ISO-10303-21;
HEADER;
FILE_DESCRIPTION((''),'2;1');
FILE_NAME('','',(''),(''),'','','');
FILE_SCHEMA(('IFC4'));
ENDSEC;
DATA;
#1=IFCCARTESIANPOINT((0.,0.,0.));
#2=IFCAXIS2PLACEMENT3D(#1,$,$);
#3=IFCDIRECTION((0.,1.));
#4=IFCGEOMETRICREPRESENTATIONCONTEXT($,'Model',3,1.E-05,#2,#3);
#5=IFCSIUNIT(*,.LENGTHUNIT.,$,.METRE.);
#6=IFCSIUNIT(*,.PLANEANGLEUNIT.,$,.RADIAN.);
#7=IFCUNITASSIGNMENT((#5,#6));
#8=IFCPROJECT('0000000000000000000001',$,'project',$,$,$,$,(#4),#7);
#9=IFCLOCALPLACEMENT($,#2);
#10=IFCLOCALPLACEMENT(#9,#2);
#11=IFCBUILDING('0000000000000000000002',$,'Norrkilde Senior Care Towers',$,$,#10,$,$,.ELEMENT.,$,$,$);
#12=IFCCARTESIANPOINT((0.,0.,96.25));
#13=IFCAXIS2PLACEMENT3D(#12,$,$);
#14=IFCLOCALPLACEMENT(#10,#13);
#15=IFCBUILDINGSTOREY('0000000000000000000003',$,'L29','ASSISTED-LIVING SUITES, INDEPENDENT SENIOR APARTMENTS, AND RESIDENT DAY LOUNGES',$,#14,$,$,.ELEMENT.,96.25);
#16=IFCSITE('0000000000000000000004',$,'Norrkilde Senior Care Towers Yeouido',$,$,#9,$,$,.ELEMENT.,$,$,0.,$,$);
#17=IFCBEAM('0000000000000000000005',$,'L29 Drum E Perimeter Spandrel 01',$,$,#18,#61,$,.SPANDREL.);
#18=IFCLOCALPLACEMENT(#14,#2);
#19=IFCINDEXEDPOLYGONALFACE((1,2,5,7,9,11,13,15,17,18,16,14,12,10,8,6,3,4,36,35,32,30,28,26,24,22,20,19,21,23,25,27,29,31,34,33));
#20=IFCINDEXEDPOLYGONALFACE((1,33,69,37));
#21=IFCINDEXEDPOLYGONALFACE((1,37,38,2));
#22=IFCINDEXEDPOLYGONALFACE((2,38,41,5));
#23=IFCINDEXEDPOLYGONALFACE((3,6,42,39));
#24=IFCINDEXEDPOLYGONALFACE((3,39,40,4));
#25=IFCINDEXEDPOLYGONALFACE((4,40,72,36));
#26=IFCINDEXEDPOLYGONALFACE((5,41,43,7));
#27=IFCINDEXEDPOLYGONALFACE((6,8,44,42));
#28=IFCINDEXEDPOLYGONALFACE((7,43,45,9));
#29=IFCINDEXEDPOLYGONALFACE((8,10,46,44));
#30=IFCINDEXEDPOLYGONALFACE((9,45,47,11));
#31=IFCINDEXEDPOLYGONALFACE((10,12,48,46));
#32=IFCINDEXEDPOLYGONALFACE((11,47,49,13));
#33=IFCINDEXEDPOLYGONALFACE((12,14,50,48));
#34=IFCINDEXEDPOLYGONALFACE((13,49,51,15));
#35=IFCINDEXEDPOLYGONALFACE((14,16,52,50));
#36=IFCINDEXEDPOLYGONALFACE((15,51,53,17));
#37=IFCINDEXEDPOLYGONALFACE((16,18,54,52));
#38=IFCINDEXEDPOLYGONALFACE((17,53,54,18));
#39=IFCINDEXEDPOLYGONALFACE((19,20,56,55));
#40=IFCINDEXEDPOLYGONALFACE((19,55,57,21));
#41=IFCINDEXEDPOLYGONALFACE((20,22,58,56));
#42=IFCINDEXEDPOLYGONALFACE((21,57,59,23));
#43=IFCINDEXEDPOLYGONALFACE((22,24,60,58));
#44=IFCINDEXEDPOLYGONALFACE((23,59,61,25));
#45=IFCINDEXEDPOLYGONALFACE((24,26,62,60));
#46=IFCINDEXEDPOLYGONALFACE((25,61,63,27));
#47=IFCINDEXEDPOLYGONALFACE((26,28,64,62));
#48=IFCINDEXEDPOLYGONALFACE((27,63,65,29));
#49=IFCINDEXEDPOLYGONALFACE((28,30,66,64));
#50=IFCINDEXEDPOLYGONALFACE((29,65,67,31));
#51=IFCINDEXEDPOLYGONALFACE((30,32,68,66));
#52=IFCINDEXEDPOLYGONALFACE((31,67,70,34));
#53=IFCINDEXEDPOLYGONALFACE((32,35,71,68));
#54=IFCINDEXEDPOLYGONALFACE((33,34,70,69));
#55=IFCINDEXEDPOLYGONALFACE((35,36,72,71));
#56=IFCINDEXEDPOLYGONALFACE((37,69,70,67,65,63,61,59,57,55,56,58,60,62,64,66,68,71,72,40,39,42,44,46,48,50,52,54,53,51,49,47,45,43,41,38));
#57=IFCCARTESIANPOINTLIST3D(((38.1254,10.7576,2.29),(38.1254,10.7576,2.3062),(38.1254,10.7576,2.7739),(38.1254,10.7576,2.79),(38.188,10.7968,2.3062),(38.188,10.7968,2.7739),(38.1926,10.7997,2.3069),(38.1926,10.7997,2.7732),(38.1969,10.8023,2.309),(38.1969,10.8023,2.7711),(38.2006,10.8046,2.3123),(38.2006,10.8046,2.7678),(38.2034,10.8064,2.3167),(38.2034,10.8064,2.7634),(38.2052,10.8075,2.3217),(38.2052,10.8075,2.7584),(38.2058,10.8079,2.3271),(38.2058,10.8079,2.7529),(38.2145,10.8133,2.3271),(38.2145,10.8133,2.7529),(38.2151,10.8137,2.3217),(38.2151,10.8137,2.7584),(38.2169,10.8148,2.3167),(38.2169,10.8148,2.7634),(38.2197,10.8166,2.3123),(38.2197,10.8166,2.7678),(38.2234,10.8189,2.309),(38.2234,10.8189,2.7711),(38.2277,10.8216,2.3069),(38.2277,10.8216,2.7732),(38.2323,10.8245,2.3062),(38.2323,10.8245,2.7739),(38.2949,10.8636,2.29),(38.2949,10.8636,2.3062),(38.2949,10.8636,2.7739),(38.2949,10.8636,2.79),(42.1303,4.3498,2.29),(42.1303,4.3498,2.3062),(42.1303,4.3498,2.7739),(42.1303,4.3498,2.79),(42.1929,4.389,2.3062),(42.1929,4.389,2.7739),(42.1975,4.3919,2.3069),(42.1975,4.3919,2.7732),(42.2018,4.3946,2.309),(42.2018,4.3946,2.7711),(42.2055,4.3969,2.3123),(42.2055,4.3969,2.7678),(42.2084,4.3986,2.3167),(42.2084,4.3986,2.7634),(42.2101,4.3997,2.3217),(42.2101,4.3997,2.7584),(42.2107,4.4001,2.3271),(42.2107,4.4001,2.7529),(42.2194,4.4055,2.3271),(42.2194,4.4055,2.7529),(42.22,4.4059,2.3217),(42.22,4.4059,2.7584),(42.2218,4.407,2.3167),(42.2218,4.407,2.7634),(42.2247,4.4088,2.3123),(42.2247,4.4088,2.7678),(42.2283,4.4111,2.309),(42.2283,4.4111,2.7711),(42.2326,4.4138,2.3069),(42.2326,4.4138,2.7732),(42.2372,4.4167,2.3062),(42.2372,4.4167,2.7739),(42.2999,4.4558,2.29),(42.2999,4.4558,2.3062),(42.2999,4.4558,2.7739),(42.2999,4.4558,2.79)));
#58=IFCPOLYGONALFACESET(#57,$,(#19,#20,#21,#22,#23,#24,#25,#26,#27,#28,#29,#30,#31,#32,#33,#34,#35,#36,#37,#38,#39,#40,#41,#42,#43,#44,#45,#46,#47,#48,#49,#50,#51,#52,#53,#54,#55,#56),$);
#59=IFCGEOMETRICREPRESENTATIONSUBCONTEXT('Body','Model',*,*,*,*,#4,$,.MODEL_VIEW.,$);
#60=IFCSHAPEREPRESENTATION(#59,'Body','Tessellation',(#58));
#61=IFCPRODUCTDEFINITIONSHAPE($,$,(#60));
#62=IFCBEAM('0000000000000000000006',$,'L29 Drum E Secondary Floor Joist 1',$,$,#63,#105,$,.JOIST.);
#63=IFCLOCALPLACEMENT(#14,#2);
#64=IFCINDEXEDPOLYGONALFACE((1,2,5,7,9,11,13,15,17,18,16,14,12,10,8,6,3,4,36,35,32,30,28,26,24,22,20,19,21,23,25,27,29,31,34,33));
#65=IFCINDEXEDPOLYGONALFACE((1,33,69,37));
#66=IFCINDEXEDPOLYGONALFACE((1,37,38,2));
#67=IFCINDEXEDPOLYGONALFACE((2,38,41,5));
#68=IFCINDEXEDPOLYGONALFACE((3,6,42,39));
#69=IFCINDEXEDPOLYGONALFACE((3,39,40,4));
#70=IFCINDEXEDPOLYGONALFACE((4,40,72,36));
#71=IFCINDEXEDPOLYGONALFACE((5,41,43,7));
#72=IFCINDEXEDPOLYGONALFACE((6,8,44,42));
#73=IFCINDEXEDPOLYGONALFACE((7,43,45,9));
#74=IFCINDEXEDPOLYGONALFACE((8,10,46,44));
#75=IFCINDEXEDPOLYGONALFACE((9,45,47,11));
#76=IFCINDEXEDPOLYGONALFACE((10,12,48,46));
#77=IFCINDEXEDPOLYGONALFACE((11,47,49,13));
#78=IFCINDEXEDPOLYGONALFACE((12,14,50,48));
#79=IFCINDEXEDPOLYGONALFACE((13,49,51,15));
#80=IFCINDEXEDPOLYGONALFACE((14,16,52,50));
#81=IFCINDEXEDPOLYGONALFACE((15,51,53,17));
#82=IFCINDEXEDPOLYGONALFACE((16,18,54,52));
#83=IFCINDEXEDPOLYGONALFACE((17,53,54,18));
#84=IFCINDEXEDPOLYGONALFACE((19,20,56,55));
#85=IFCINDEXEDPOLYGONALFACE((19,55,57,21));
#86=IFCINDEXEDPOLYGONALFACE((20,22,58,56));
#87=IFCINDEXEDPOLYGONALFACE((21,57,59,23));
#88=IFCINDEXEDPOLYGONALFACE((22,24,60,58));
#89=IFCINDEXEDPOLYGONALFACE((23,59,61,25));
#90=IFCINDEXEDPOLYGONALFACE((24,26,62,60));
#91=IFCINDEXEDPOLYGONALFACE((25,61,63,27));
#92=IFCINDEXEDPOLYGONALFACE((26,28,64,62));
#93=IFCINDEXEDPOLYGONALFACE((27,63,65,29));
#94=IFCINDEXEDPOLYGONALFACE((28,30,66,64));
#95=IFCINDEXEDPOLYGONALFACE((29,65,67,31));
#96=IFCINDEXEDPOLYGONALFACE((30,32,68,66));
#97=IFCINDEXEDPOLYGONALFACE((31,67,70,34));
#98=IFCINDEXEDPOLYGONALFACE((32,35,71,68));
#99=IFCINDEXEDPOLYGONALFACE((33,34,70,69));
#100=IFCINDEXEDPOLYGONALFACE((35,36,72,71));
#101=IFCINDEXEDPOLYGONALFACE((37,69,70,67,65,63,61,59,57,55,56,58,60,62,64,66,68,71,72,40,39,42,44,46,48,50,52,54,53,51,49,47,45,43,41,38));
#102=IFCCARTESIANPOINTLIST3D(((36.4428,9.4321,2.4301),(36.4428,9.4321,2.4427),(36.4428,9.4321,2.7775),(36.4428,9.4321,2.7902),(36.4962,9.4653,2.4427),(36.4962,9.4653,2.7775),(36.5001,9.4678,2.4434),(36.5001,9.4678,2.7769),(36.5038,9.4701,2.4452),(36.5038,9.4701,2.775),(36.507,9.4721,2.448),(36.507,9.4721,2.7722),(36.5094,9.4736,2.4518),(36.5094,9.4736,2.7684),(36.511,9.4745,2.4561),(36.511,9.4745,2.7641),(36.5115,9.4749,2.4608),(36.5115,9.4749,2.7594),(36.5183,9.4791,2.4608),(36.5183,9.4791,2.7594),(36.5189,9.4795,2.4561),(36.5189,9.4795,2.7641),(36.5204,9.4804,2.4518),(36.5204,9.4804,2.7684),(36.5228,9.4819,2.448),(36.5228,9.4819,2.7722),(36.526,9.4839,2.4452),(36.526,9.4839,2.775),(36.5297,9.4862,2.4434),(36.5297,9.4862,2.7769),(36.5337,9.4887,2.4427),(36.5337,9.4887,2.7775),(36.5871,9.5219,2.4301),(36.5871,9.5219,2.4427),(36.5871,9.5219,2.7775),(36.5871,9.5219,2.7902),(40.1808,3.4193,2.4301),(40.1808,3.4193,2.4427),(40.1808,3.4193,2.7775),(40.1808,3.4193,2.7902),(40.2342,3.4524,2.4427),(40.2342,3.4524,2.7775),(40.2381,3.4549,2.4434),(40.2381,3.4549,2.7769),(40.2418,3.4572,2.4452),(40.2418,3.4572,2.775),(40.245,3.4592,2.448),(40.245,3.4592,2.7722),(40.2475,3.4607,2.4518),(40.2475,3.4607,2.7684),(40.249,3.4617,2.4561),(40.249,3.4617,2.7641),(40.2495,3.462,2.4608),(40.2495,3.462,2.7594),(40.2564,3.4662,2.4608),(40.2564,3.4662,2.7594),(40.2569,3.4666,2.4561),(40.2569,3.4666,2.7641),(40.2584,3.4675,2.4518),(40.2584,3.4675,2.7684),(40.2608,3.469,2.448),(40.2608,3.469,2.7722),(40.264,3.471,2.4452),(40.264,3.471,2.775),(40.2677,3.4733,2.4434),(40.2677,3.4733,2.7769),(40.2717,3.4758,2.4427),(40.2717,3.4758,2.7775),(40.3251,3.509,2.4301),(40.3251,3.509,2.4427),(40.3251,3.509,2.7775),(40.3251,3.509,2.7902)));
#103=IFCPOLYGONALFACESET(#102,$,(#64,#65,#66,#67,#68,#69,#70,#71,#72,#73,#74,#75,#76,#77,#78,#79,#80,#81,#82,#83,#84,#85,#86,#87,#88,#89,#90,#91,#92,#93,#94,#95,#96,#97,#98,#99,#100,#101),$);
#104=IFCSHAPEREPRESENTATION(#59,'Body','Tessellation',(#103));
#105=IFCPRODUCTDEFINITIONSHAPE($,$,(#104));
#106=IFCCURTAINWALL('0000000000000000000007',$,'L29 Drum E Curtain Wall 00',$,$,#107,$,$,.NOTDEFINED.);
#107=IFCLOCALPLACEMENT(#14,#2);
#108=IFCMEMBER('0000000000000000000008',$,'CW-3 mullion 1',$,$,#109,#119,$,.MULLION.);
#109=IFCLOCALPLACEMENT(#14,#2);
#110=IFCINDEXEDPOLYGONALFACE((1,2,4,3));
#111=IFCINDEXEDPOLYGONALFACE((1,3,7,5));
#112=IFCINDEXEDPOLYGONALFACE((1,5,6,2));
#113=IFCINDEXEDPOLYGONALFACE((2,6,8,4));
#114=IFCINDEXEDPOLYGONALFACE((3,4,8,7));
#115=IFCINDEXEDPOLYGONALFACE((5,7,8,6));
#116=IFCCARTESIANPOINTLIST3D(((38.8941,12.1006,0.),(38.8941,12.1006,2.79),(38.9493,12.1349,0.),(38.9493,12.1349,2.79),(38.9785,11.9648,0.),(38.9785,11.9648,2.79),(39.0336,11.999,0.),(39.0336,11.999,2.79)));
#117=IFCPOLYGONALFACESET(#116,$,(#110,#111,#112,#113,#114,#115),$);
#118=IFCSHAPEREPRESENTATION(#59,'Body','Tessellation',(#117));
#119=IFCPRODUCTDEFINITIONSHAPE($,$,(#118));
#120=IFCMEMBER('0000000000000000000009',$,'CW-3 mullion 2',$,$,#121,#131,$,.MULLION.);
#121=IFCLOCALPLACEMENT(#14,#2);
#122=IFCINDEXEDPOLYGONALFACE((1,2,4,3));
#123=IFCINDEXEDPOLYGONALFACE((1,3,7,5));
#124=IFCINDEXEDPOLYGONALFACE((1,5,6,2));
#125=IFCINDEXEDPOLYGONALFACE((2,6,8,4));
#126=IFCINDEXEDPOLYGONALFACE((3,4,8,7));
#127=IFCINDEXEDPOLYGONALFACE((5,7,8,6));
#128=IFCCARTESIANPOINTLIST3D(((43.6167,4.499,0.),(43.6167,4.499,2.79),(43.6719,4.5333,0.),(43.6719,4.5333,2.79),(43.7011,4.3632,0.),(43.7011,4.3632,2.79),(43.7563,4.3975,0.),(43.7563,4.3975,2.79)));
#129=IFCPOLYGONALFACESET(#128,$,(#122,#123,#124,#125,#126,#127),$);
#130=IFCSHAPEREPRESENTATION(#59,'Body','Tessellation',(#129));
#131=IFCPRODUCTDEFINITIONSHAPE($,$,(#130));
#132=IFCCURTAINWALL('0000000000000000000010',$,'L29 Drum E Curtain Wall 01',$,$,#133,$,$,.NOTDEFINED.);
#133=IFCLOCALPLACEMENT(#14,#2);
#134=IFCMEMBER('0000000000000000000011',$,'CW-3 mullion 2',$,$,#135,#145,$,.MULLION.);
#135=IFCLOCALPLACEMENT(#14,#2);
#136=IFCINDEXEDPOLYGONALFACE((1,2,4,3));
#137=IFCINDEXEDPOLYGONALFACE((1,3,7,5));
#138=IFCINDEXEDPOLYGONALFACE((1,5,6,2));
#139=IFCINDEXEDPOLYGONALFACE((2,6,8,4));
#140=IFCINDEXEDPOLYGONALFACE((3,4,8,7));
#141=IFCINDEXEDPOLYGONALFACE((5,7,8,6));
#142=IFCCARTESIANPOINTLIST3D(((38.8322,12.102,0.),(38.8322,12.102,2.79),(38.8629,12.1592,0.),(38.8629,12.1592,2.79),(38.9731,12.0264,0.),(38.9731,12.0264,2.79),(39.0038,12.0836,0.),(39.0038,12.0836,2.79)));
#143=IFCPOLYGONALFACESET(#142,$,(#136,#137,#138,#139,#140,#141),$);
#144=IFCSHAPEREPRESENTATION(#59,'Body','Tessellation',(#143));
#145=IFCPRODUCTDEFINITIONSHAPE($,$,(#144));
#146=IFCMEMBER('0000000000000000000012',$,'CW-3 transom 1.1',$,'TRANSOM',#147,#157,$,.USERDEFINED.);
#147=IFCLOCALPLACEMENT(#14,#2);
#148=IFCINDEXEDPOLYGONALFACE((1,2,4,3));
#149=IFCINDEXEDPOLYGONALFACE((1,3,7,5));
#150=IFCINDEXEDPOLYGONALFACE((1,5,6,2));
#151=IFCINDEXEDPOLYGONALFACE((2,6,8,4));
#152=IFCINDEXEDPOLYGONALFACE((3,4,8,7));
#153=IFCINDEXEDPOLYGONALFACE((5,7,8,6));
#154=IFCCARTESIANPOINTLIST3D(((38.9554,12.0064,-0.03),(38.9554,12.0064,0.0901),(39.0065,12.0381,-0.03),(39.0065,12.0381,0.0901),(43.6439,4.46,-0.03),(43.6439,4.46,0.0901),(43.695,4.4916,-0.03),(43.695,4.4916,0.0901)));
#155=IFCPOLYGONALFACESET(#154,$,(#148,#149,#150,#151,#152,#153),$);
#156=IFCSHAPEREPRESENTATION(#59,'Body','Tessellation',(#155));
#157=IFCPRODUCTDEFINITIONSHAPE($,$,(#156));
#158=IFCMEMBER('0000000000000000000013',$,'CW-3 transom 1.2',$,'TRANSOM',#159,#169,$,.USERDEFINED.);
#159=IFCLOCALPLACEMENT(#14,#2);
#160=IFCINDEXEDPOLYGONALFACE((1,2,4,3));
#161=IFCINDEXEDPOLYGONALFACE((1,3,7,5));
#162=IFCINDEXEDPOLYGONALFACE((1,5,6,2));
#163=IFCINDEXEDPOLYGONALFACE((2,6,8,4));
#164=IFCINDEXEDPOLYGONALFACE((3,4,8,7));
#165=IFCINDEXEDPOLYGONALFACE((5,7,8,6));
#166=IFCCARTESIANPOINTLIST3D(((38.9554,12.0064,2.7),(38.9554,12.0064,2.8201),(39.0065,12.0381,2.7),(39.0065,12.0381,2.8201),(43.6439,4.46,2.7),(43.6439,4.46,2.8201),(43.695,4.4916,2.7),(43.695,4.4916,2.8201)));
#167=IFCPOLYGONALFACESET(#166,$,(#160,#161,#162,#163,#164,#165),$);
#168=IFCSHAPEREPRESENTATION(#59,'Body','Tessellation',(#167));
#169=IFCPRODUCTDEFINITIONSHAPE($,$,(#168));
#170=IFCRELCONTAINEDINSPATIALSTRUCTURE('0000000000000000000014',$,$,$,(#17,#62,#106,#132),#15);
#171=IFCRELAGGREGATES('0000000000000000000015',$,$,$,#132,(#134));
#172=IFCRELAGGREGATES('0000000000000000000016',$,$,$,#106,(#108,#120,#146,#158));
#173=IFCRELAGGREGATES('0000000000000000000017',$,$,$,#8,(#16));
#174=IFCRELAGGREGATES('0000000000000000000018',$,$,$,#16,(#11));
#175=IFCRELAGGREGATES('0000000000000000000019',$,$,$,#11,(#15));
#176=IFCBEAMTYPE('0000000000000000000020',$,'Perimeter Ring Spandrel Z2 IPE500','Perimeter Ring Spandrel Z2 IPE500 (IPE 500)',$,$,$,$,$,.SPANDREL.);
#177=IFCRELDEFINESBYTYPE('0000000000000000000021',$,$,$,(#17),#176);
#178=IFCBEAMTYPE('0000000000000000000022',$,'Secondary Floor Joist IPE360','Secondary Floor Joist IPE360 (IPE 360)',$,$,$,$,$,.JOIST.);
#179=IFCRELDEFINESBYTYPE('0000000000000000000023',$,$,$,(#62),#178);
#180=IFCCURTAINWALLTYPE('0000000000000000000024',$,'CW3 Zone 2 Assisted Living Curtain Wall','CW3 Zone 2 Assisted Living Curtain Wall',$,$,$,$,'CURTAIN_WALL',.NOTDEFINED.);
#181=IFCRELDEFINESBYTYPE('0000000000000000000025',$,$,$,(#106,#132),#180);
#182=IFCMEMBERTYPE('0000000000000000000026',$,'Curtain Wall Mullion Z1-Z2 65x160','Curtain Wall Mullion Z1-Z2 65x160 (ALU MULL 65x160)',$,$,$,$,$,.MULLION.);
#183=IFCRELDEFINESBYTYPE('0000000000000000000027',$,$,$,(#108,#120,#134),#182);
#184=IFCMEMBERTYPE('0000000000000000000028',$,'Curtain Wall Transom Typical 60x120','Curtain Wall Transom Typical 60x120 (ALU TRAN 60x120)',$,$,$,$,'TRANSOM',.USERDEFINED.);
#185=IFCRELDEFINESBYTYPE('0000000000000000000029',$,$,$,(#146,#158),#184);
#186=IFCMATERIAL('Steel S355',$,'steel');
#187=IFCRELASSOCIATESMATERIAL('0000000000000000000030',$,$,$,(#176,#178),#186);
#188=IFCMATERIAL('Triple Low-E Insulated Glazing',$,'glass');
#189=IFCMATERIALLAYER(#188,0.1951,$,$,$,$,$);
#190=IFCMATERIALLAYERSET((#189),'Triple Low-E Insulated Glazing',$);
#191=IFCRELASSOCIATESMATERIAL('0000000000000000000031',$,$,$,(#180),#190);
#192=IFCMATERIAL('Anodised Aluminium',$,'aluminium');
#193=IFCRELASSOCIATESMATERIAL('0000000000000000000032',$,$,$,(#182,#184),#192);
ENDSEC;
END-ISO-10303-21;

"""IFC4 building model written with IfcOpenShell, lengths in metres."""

from ifc_helpers import new_model, si_unit, direction, frame, origin, origin_2d, place, context, subcontext, project, spatial, rectangle, i_section, extrude, source, transform, mapped, material, layer, layer_set, material_profile, profile_set, type_object, type_shapes, element, aggregate, save


model = new_model("IFC4")

# Units and contexts
model_context = context("Model", 3, precision=1e-05, world=origin(), true_north=direction((0.0, 1.0)))
body_context = subcontext(model_context, "Body", "Model", "MODEL_VIEW")
ifc_project = project(units=[si_unit("LENGTHUNIT", "METRE"), si_unit("PLANEANGLEUNIT", "RADIAN")], contexts=[model_context])

# Site, building, storey
site_placement = place(None, origin())
site = spatial("IfcSite", under=ifc_project, at=site_placement, Name="Norrkilde Senior Care Towers Yeouido", CompositionType="ELEMENT", RefElevation=0.0)
building_placement = place(site_placement, origin())
building = spatial("IfcBuilding", under=site, at=building_placement, Name="Norrkilde Senior Care Towers", CompositionType="ELEMENT")
storey_placement = place(building_placement, frame((0.0, 0.0, 96.25)))
storey = spatial("IfcBuildingStorey", under=building, at=storey_placement, Name="L29", Description="ASSISTED-LIVING SUITES, INDEPENDENT SENIOR APARTMENTS, AND RESIDENT DAY LOUNGES", CompositionType="ELEMENT", Elevation=96.25)

# Beams
ifc_material_1 = material(Name="Steel S355", Category="steel")
ifc_material_profile_1 = material_profile(ifc_material_1, i_section(OverallWidth=0.2, OverallDepth=0.5, WebThickness=0.0103, FlangeThickness=0.0161, FilletRadius=0.021, at=origin_2d()), Name="IPE 500")
ifc_profile_set_1 = profile_set([ifc_material_profile_1], Name="Steel S355")
beam_type_1 = type_object("IfcBeamType", Name="Perimeter Ring Spandrel Z2 IPE500", Description="Perimeter Ring Spandrel Z2 IPE500 (IPE 500)", PredefinedType="SPANDREL", material=ifc_profile_set_1)
shared_shape_1 = source(origin(), body_context, "Body", "SweptSolid", [
    extrude(i_section(OverallWidth=0.2, OverallDepth=0.5, WebThickness=0.0103, FlangeThickness=0.0161, FilletRadius=0.021, at=origin_2d()), origin(), (0.0, 0.0, 1.0), 7.5564),
])
beam_1_placement = place(storey_placement, frame((42.2151, 4.4028, 2.54), z_axis=(-0.530005, 0.847995, 0.0), x_axis=(-0.847995, -0.530005, 0.0)))
element("IfcBeam", 1, at=beam_1_placement, inside=storey, type_object=beam_type_1, Name="L29 Drum E Perimeter Spandrel 01", PredefinedType="SPANDREL", context=body_context, shape_type="MappedRepresentation", body=[
    mapped(shared_shape_1, transform((0.0, 0.0, 0.0), x_axis=(1.0, 0.0, 0.0), y_axis=(0.0, 1.0, 0.0), z_axis=(0.0, 0.0, 1.0), scale=1.0)),
])
ifc_material_profile_2 = material_profile(ifc_material_1, i_section(OverallWidth=0.1699, OverallDepth=0.3601, WebThickness=0.0081, FlangeThickness=0.0127, FilletRadius=0.0181, at=origin_2d()), Name="IPE 360")
ifc_profile_set_2 = profile_set([ifc_material_profile_2], Name="Steel S355")
beam_type_2 = type_object("IfcBeamType", Name="Secondary Floor Joist IPE360", Description="Secondary Floor Joist IPE360 (IPE 360)", PredefinedType="JOIST", material=ifc_profile_set_2)
shared_shape_2 = source(origin(), body_context, "Body", "SweptSolid", [
    extrude(i_section(OverallWidth=0.1699, OverallDepth=0.3601, WebThickness=0.0081, FlangeThickness=0.0127, FilletRadius=0.0181, at=origin_2d()), origin(), (0.0, 0.0, 1.0), 7.0801),
])
type_shapes(beam_type_2, [shared_shape_2])
beam_2_placement = place(storey_placement, frame((40.2529, 3.4641, 2.6101), z_axis=(-0.527961, 0.849269, 0.0), x_axis=(-0.849269, -0.527961, 0.0)))
element("IfcBeam", 2, at=beam_2_placement, inside=storey, type_object=beam_type_2, Name="L29 Drum E Secondary Floor Joist 1", PredefinedType="JOIST", context=body_context, shape_type="MappedRepresentation", body=[
    mapped(shared_shape_2, transform((0.0, 0.0, 0.0), x_axis=(1.0, 0.0, 0.0), y_axis=(0.0, 1.0, 0.0), z_axis=(0.0, 0.0, 1.0), scale=1.0)),
])

# Curtain wall, members
ifc_material_2 = material(Name="Triple Low-E Insulated Glazing", Category="glass")
ifc_layer_1 = layer(ifc_material_2, 0.1951)
ifc_layer_set_1 = layer_set([ifc_layer_1], Name="Triple Low-E Insulated Glazing")
curtain_wall_type = type_object("IfcCurtainWallType", Name="CW3 Zone 2 Assisted Living Curtain Wall", Description="CW3 Zone 2 Assisted Living Curtain Wall", ElementType="CURTAIN_WALL", PredefinedType="NOTDEFINED", material=ifc_layer_set_1)
curtain_wall_1_placement = place(storey_placement, origin())
curtain_wall_1 = element("IfcCurtainWall", 3, at=curtain_wall_1_placement, inside=storey, type_object=curtain_wall_type, Name="L29 Drum E Curtain Wall 00", PredefinedType="NOTDEFINED")
ifc_material_3 = material(Name="Anodised Aluminium", Category="aluminium")
ifc_material_profile_3 = material_profile(ifc_material_3, rectangle(XDim=0.0649, YDim=0.1599, at=origin_2d()), Name="ALU MULL 65x160")
ifc_profile_set_3 = profile_set([ifc_material_profile_3], Name="Anodised Aluminium")
member_type_1 = type_object("IfcMemberType", Name="Curtain Wall Mullion Z1-Z2 65x160", Description="Curtain Wall Mullion Z1-Z2 65x160 (ALU MULL 65x160)", PredefinedType="MULLION", material=ifc_profile_set_3)
shared_shape_3 = source(origin(), body_context, "Body", "SweptSolid", [
    extrude(rectangle(XDim=0.0649, YDim=0.1599, at=origin_2d()), origin(), (0.0, 0.0, 1.0), 2.79),
])
type_shapes(member_type_1, [shared_shape_3])
member_1_placement = place(storey_placement, frame((38.9639, 12.0498, 0.0), z_axis=(0.0, 0.0, 1.0), x_axis=(0.84941, 0.527733, 0.0)))
member_1 = element("IfcMember", 4, at=member_1_placement, type_object=member_type_1, Name="CW-3 mullion 1", PredefinedType="MULLION", context=body_context, shape_type="MappedRepresentation", body=[
    mapped(shared_shape_3, transform((0.0, 0.0, 0.0), x_axis=(1.0, 0.0, 0.0), y_axis=(0.0, 1.0, 0.0), z_axis=(0.0, 0.0, 1.0), scale=1.0)),
])
member_2_placement = place(storey_placement, frame((43.6865, 4.4482, 0.0), z_axis=(0.0, 0.0, 1.0), x_axis=(0.84941, 0.527733, 0.0)))
member_2 = element("IfcMember", 5, at=member_2_placement, type_object=member_type_1, Name="CW-3 mullion 2", PredefinedType="MULLION", context=body_context, shape_type="MappedRepresentation", body=[
    mapped(shared_shape_3, transform((0.0, 0.0, 0.0), x_axis=(1.0, 0.0, 0.0), y_axis=(0.0, 1.0, 0.0), z_axis=(0.0, 0.0, 1.0), scale=1.0)),
])

# Curtain wall, member
curtain_wall_2_placement = place(storey_placement, origin())
curtain_wall_2 = element("IfcCurtainWall", 6, at=curtain_wall_2_placement, inside=storey, type_object=curtain_wall_type, Name="L29 Drum E Curtain Wall 01", PredefinedType="NOTDEFINED")
member_3_placement = place(storey_placement, frame((38.918, 12.0928, 0.0), z_axis=(0.0, 0.0, 1.0), x_axis=(0.472769, 0.881186, 0.0)))
member_3 = element("IfcMember", 7, at=member_3_placement, type_object=member_type_1, Name="CW-3 mullion 2", PredefinedType="MULLION", context=body_context, shape_type="MappedRepresentation", body=[
    mapped(shared_shape_3, transform((0.0, 0.0, 0.0), x_axis=(1.0, 0.0, 0.0), y_axis=(0.0, 1.0, 0.0), z_axis=(0.0, 0.0, 1.0), scale=1.0)),
])
aggregate(curtain_wall_2, [member_3])

# Members
ifc_material_profile_4 = material_profile(ifc_material_3, rectangle(XDim=0.0601, YDim=0.1201, at=origin_2d()), Name="ALU TRAN 60x120")
ifc_profile_set_4 = profile_set([ifc_material_profile_4], Name="Anodised Aluminium")
member_type_2 = type_object("IfcMemberType", Name="Curtain Wall Transom Typical 60x120", Description="Curtain Wall Transom Typical 60x120 (ALU TRAN 60x120)", ElementType="TRANSOM", PredefinedType="USERDEFINED", material=ifc_profile_set_4)
shared_shape_4 = source(origin(), body_context, "Body", "SweptSolid", [
    extrude(rectangle(XDim=0.0601, YDim=0.1201, at=origin_2d()), origin(), (0.0, 0.0, 1.0), 8.8843),
])
type_shapes(member_type_2, [shared_shape_4])
member_4_placement = place(storey_placement, frame((38.981, 12.0222, 0.03), z_axis=(0.527729, -0.849413, 0.0), x_axis=(0.849413, 0.527729, 0.0)))
member_4 = element("IfcMember", 8, at=member_4_placement, type_object=member_type_2, Name="CW-3 transom 1.1", ObjectType="TRANSOM", PredefinedType="USERDEFINED", context=body_context, shape_type="MappedRepresentation", body=[
    mapped(shared_shape_4, transform((0.0, 0.0, 0.0), x_axis=(1.0, 0.0, 0.0), y_axis=(0.0, 1.0, 0.0), z_axis=(0.0, 0.0, 1.0), scale=1.0)),
])
member_5_placement = place(storey_placement, frame((38.981, 12.0222, 2.76), z_axis=(0.527729, -0.849413, 0.0), x_axis=(0.849413, 0.527729, 0.0)))
member_5 = element("IfcMember", 9, at=member_5_placement, type_object=member_type_2, Name="CW-3 transom 1.2", ObjectType="TRANSOM", PredefinedType="USERDEFINED", context=body_context, shape_type="MappedRepresentation", body=[
    mapped(shared_shape_4, transform((0.0, 0.0, 0.0), x_axis=(1.0, 0.0, 0.0), y_axis=(0.0, 1.0, 0.0), z_axis=(0.0, 0.0, 1.0), scale=1.0)),
])

aggregate(curtain_wall_1, [member_1, member_2, member_4, member_5])

save(model, "model.ifc")
